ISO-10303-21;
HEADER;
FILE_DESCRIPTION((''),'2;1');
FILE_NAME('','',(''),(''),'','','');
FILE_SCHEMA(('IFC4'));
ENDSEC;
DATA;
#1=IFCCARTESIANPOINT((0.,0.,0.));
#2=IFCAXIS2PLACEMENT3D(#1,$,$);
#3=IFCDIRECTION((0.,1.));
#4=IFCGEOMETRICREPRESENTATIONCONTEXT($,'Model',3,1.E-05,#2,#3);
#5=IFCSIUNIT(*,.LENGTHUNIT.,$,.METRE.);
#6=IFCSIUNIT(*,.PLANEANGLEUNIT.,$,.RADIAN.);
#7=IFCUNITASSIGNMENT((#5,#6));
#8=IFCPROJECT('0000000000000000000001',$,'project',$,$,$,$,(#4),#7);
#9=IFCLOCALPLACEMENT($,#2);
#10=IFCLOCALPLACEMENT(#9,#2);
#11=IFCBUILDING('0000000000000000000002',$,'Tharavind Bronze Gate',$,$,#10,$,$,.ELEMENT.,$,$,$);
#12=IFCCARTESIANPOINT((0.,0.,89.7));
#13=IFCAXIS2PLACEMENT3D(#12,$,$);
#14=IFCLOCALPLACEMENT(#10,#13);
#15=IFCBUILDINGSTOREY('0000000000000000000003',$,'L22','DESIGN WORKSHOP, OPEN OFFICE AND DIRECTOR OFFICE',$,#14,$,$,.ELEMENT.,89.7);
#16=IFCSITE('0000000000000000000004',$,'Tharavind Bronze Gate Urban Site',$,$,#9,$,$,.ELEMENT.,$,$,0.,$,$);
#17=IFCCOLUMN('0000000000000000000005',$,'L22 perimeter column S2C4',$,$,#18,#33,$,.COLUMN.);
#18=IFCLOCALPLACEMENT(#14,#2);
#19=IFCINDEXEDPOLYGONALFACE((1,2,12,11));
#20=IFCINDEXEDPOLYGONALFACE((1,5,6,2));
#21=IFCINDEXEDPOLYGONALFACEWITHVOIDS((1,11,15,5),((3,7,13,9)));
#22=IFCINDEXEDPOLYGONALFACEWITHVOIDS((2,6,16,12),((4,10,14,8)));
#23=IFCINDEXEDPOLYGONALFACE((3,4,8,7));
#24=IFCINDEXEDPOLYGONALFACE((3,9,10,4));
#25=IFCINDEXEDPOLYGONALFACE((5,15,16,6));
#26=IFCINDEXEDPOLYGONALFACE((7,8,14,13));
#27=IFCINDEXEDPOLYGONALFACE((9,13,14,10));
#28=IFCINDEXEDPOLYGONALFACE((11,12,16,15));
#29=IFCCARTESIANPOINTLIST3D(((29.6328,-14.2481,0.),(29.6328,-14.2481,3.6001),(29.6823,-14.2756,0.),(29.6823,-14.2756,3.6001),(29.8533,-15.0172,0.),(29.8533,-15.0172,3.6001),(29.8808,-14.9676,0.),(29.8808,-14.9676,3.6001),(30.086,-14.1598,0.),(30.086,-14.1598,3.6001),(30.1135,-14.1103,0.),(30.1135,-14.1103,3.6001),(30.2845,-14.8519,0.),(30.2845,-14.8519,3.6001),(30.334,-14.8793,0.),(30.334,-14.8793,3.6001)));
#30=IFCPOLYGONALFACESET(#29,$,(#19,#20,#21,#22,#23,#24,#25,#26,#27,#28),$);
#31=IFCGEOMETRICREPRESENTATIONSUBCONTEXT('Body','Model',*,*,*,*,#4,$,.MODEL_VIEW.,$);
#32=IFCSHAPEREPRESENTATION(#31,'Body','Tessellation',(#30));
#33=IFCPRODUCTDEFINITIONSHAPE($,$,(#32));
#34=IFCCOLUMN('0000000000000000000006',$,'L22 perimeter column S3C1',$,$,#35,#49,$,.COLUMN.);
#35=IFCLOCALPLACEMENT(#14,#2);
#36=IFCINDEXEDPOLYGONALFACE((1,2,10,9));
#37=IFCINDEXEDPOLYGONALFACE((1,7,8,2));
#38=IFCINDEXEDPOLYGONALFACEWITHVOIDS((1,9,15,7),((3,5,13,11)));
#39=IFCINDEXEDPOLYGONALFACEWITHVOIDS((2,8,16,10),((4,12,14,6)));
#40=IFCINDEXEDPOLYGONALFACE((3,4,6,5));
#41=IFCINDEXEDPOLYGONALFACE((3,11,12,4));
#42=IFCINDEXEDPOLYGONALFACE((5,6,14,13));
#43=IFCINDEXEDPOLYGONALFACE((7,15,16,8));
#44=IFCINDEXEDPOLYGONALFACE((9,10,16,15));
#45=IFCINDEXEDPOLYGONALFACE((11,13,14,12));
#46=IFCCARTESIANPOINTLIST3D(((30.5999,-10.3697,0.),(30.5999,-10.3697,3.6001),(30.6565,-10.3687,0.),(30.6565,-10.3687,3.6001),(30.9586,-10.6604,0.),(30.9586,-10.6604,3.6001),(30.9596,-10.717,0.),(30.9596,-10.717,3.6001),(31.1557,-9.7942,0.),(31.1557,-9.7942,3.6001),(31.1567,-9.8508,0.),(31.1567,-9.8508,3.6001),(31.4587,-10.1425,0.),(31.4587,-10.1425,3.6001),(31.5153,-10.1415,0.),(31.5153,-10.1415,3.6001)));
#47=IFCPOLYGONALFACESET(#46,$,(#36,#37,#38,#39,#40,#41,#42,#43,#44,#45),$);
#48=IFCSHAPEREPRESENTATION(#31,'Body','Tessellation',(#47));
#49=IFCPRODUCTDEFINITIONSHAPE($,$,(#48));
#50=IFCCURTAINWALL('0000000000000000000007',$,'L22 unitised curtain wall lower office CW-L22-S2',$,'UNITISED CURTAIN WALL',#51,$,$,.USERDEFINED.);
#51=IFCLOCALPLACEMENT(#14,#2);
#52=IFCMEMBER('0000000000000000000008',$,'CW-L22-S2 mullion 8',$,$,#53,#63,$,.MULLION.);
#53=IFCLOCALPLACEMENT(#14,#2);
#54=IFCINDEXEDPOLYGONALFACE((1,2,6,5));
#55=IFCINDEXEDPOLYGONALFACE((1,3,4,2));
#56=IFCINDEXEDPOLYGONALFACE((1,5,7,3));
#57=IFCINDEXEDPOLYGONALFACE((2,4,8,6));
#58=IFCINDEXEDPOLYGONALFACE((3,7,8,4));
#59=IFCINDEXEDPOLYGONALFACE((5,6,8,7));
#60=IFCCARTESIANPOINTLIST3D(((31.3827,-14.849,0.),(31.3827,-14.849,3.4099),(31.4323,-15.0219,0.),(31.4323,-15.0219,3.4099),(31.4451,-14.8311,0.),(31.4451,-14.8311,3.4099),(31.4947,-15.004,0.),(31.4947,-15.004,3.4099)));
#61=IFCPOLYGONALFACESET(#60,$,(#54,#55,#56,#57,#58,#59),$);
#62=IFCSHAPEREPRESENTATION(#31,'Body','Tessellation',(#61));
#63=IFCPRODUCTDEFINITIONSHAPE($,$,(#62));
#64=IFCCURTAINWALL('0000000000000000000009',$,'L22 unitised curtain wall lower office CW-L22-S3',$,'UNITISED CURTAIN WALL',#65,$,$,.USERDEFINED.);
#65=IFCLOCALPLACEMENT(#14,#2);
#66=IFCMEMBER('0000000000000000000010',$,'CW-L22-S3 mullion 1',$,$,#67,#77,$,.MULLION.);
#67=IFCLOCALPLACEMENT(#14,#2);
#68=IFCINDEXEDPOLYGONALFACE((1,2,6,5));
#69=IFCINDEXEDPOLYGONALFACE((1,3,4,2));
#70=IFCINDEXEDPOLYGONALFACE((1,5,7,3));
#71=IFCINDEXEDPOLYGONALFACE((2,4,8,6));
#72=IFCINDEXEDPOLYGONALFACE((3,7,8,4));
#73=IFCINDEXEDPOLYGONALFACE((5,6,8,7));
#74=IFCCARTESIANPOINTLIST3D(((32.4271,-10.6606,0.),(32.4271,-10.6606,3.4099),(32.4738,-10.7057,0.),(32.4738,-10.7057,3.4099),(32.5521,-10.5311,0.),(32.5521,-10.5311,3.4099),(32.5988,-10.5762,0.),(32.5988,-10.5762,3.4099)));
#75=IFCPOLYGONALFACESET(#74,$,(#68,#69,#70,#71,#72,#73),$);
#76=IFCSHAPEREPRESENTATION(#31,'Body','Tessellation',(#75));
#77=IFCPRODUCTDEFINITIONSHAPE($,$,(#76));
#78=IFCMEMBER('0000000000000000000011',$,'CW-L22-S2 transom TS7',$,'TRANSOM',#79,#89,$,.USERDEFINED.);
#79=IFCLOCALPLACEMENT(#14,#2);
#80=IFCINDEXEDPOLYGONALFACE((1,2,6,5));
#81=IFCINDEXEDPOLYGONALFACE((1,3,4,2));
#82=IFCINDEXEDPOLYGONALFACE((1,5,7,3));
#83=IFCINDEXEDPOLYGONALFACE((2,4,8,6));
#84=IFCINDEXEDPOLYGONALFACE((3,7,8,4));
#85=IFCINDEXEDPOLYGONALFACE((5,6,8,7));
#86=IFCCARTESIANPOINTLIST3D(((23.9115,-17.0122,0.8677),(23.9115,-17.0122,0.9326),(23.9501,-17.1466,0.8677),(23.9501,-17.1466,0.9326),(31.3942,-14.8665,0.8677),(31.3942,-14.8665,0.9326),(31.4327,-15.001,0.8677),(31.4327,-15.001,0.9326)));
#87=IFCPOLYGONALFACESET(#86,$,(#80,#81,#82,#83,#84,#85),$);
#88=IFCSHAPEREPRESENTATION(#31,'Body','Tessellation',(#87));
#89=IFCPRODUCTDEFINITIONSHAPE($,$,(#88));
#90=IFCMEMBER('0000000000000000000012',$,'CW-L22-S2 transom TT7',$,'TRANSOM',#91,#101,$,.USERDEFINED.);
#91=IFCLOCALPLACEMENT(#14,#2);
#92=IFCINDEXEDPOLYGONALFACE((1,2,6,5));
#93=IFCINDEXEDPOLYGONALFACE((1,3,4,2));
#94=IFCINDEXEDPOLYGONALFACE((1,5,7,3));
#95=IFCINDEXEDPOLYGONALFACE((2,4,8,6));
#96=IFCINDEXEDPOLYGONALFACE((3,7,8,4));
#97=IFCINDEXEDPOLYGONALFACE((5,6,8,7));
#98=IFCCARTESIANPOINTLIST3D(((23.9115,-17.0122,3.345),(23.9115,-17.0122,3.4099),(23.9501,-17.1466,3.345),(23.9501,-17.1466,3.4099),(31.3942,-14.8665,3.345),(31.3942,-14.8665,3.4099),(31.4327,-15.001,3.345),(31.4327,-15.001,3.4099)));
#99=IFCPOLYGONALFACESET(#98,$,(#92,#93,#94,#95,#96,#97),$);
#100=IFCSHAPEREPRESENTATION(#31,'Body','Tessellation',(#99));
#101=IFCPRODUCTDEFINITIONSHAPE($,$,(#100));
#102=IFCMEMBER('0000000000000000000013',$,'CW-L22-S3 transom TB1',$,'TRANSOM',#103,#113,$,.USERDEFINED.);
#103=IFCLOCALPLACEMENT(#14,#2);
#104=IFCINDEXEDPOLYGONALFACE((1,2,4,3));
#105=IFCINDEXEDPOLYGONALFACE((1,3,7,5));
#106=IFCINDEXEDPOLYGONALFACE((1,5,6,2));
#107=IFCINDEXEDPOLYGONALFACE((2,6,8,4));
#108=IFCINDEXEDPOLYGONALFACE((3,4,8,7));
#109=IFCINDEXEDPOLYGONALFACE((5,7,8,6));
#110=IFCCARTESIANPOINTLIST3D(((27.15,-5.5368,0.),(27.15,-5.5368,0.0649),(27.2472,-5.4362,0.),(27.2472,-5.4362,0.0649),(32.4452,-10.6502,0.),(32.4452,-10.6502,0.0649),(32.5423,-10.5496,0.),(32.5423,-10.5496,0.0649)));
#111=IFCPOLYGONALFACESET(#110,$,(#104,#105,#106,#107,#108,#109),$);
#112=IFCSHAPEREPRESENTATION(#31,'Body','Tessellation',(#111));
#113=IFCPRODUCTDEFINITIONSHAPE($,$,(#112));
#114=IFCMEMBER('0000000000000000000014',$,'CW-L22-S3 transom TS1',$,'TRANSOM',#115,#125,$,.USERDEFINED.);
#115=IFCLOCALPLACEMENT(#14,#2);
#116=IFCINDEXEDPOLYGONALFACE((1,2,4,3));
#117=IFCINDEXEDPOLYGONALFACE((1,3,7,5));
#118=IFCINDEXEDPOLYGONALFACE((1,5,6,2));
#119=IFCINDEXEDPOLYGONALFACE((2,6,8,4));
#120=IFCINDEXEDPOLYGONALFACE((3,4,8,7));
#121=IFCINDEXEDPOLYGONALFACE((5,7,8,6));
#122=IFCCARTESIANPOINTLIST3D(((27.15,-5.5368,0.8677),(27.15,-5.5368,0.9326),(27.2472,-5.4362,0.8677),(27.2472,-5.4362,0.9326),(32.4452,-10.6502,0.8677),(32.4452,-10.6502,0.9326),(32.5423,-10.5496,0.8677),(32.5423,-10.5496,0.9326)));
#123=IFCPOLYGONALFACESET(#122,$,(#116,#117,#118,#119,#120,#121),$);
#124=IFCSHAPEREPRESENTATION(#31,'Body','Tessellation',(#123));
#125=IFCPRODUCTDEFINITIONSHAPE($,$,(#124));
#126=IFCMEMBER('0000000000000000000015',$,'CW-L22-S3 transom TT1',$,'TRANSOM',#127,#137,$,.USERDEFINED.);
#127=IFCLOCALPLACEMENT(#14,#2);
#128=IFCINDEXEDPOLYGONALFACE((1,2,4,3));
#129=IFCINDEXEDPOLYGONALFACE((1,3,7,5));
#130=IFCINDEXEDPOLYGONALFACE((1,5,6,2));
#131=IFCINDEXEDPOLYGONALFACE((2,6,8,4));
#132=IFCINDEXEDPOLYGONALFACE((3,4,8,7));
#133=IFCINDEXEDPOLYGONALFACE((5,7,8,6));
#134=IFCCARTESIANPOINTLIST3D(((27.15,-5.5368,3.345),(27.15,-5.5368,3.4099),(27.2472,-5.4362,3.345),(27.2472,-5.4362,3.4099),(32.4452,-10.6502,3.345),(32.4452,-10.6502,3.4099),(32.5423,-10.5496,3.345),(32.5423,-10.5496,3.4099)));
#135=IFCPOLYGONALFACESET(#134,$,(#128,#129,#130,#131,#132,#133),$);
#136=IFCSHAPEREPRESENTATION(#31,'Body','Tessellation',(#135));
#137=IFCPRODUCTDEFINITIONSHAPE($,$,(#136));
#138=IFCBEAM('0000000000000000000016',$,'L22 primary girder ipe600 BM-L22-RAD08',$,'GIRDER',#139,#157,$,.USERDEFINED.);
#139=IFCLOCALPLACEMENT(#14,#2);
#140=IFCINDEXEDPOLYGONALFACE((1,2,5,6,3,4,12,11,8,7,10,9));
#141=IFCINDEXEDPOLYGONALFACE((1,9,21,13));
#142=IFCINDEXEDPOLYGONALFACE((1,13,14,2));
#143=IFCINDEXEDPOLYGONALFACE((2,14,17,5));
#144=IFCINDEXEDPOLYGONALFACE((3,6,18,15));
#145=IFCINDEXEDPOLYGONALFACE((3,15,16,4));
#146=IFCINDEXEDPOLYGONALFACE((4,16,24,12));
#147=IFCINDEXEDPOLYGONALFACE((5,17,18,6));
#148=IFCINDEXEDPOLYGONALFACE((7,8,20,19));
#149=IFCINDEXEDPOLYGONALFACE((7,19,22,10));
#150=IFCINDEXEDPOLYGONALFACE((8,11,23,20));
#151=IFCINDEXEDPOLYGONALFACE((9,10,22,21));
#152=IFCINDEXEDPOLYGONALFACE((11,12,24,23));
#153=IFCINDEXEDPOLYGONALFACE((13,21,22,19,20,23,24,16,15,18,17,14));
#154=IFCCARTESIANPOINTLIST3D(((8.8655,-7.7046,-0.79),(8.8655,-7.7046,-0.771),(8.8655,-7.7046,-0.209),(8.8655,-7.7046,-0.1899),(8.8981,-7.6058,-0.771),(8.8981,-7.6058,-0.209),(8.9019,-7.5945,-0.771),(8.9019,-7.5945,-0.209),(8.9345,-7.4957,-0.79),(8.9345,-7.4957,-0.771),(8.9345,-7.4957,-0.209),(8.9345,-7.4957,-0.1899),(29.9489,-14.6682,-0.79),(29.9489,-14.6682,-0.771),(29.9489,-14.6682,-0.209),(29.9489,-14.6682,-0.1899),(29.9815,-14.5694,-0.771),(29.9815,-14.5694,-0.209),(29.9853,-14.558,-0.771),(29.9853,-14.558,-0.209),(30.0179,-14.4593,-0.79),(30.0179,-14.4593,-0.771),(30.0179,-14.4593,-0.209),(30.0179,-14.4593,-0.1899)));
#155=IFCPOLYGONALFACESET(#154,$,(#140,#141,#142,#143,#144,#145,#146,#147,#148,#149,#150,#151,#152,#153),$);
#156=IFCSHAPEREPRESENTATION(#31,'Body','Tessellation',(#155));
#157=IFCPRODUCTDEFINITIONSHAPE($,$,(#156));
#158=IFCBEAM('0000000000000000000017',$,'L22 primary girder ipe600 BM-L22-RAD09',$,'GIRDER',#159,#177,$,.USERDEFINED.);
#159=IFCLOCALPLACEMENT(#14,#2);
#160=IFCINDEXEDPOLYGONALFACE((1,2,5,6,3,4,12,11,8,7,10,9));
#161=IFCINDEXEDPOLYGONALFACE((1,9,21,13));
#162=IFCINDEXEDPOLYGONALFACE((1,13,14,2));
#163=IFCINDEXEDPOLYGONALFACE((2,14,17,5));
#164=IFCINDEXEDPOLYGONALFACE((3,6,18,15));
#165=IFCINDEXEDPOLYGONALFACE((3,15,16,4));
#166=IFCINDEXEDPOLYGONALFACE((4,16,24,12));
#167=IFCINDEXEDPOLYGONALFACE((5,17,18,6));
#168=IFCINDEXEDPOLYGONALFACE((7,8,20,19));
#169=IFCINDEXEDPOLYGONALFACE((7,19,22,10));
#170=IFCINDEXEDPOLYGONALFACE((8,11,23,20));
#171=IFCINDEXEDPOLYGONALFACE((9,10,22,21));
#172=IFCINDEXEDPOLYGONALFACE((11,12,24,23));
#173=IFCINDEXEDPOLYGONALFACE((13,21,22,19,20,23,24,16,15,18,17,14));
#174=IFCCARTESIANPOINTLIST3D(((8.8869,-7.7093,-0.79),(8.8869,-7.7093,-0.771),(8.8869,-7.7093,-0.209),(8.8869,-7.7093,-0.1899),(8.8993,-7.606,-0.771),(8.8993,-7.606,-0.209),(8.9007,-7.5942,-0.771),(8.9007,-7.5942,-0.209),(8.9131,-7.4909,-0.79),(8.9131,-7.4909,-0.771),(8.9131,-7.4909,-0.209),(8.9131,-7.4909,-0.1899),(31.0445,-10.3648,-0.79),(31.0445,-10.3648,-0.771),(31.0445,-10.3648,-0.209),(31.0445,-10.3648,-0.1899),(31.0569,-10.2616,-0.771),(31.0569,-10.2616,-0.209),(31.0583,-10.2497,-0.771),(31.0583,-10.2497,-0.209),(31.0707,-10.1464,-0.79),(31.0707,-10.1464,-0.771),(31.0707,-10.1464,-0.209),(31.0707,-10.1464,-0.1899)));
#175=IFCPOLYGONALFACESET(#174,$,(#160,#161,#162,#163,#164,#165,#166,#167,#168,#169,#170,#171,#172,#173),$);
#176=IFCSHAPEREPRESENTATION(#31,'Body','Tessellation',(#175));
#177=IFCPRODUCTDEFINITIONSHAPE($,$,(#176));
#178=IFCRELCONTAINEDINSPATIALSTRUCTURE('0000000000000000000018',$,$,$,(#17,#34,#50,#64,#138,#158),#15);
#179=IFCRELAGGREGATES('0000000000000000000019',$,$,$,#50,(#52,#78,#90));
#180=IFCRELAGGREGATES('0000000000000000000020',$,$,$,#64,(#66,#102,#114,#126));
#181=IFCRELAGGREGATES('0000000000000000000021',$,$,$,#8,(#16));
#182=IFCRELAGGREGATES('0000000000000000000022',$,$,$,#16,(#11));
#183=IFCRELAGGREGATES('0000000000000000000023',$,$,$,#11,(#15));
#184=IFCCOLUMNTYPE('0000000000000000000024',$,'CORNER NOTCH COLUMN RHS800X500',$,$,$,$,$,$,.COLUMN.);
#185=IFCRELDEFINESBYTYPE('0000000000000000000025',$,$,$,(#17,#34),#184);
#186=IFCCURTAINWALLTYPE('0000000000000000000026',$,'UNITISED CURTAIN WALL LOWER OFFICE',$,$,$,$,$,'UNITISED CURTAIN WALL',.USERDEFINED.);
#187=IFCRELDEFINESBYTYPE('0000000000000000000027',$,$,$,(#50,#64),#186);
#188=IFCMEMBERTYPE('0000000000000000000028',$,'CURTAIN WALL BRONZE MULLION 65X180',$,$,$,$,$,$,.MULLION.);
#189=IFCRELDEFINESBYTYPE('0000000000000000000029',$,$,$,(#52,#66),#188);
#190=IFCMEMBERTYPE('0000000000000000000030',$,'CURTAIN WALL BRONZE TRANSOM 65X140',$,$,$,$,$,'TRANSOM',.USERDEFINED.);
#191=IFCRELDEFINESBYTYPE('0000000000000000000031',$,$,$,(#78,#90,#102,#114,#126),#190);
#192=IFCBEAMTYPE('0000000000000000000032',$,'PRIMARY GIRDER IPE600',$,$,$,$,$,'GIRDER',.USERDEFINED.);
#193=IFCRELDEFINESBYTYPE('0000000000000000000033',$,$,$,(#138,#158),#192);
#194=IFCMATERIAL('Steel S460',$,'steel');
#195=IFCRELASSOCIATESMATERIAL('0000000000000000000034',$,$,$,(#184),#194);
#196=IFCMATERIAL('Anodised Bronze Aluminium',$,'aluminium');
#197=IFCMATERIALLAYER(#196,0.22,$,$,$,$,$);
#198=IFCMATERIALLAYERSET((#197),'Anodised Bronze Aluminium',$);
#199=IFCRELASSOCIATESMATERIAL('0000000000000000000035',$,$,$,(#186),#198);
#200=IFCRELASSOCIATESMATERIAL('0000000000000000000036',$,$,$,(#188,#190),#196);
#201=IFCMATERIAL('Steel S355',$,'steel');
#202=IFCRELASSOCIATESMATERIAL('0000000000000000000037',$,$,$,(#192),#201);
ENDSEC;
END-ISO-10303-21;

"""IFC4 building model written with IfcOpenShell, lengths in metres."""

from ifc_helpers import new_model, si_unit, direction, frame, origin, origin_2d, place, context, subcontext, project, spatial, rectangle, hollow_rectangle, i_section, extrude, material, layer, layer_set, material_profile, profile_set, type_object, element, aggregate, save


model = new_model("IFC4")

# Units and contexts
model_context = context("Model", 3, precision=1e-05, world=origin(), true_north=direction((0.0, 1.0)))
body_context = subcontext(model_context, "Body", "Model", "MODEL_VIEW")
ifc_project = project(units=[si_unit("LENGTHUNIT", "METRE"), si_unit("PLANEANGLEUNIT", "RADIAN")], contexts=[model_context])

# Site, building, storey
site_placement = place(None, origin())
site = spatial("IfcSite", under=ifc_project, at=site_placement, Name="Tharavind Bronze Gate Urban Site", CompositionType="ELEMENT", RefElevation=0.0)
building_placement = place(site_placement, origin())
building = spatial("IfcBuilding", under=site, at=building_placement, Name="Tharavind Bronze Gate", CompositionType="ELEMENT")
storey_placement = place(building_placement, frame((0.0, 0.0, 89.7)))
storey = spatial("IfcBuildingStorey", under=building, at=storey_placement, Name="L22", Description="DESIGN WORKSHOP, OPEN OFFICE AND DIRECTOR OFFICE", CompositionType="ELEMENT", Elevation=89.7)

# Columns
ifc_material_1 = material(Name="Steel S460", Category="steel")
ifc_material_profile_1 = material_profile(ifc_material_1, hollow_rectangle(XDim=0.5, YDim=0.8, WallThickness=0.04, at=origin_2d()), Name="RHS800X500X40")
ifc_profile_set_1 = profile_set([ifc_material_profile_1], Name="Steel S460")
column_type = type_object("IfcColumnType", Name="CORNER NOTCH COLUMN RHS800X500", PredefinedType="COLUMN", material=ifc_profile_set_1)
for number, where, z_axis, x_axis, name in (
    (1, (29.9834, -14.5637, 0.0), (0.0, 0.0, 1.0), (0.961262, 0.275637, 0.0), "L22 perimeter column S2C4"),
    (2, (31.0576, -10.2556, 0.0), (0.0, 0.0, 1.0), (-0.71934, 0.694658, 0.0), "L22 perimeter column S3C1"),
):
    element("IfcColumn", number, at=place(storey_placement, frame(where, z_axis=z_axis, x_axis=x_axis)), inside=storey, type_object=column_type, Name=name, PredefinedType="COLUMN", context=body_context, shape_type="SweptSolid", body=[
        extrude(hollow_rectangle(XDim=0.5, YDim=0.8, WallThickness=0.04, at=origin_2d()), origin(), (0.0, 0.0, 1.0), 3.6001),
    ])

# Curtain walls, members
ifc_material_2 = material(Name="Anodised Bronze Aluminium", Category="aluminium")
ifc_layer_1 = layer(ifc_material_2, 0.22)
ifc_layer_set_1 = layer_set([ifc_layer_1], Name="Anodised Bronze Aluminium")
curtain_wall_type = type_object("IfcCurtainWallType", Name="UNITISED CURTAIN WALL LOWER OFFICE", ElementType="UNITISED CURTAIN WALL", PredefinedType="USERDEFINED", material=ifc_layer_set_1)
curtain_wall_1_placement = place(storey_placement, origin())
curtain_wall_1 = element("IfcCurtainWall", 3, at=curtain_wall_1_placement, inside=storey, type_object=curtain_wall_type, Name="L22 unitised curtain wall lower office CW-L22-S2", ObjectType="UNITISED CURTAIN WALL", PredefinedType="USERDEFINED")
member_type_1 = type_object("IfcMemberType", Name="CURTAIN WALL BRONZE MULLION 65X180", PredefinedType="MULLION", material=ifc_material_2)
member_1_placement = place(storey_placement, frame((31.4387, -14.9265, 0.0), z_axis=(0.0, 0.0, 1.0), x_axis=(0.961262, 0.275637, 0.0)))
member_1 = element("IfcMember", 4, at=member_1_placement, type_object=member_type_1, Name="CW-L22-S2 mullion 8", PredefinedType="MULLION", context=body_context, shape_type="SweptSolid", body=[
    extrude(rectangle(XDim=0.0649, YDim=0.1799, at=origin_2d()), origin(), (0.0, 0.0, 1.0), 3.4099),
])
curtain_wall_2_placement = place(storey_placement, origin())
curtain_wall_2 = element("IfcCurtainWall", 5, at=curtain_wall_2_placement, inside=storey, type_object=curtain_wall_type, Name="L22 unitised curtain wall lower office CW-L22-S3", ObjectType="UNITISED CURTAIN WALL", PredefinedType="USERDEFINED")
member_2_placement = place(storey_placement, frame((32.5129, -10.6184, 0.0), z_axis=(0.0, 0.0, 1.0), x_axis=(-0.719341, 0.694657, 0.0)))
member_2 = element("IfcMember", 6, at=member_2_placement, type_object=member_type_1, Name="CW-L22-S3 mullion 1", PredefinedType="MULLION", context=body_context, shape_type="SweptSolid", body=[
    extrude(rectangle(XDim=0.0649, YDim=0.1799, at=origin_2d()), origin(), (0.0, 0.0, 1.0), 3.4099),
])

# Members
member_type_2 = type_object("IfcMemberType", Name="CURTAIN WALL BRONZE TRANSOM 65X140", ElementType="TRANSOM", PredefinedType="USERDEFINED", material=ifc_material_2)
member_3_placement = place(storey_placement, frame((27.6721, -16.0066, 0.8677), z_axis=(0.0, 0.0, 1.0), x_axis=(0.961262, 0.275637, 0.0)))
member_3 = element("IfcMember", 7, at=member_3_placement, type_object=member_type_2, Name="CW-L22-S2 transom TS7", ObjectType="TRANSOM", PredefinedType="USERDEFINED", context=body_context, shape_type="SweptSolid", body=[
    extrude(rectangle(XDim=7.7842, YDim=0.1399, at=origin_2d()), origin(), (0.0, 0.0, 1.0), 0.0649),
])
member_4_placement = place(storey_placement, frame((27.6721, -16.0066, 3.345), z_axis=(0.0, 0.0, 1.0), x_axis=(0.961262, 0.275637, 0.0)))
member_4 = element("IfcMember", 8, at=member_4_placement, type_object=member_type_2, Name="CW-L22-S2 transom TT7", ObjectType="TRANSOM", PredefinedType="USERDEFINED", context=body_context, shape_type="SweptSolid", body=[
    extrude(rectangle(XDim=7.7842, YDim=0.1399, at=origin_2d()), origin(), (0.0, 0.0, 1.0), 0.0649),
])
member_5_placement = place(storey_placement, frame((29.8462, -8.0432, 0.0), z_axis=(0.0, 0.0, 1.0), x_axis=(-0.719341, 0.694657, 0.0)))
member_5 = element("IfcMember", 9, at=member_5_placement, type_object=member_type_2, Name="CW-L22-S3 transom TB1", ObjectType="TRANSOM", PredefinedType="USERDEFINED", context=body_context, shape_type="SweptSolid", body=[
    extrude(rectangle(XDim=7.3611, YDim=0.1399, at=origin_2d()), origin(), (0.0, 0.0, 1.0), 0.0649),
])
member_6_placement = place(storey_placement, frame((29.8462, -8.0432, 0.8677), z_axis=(0.0, 0.0, 1.0), x_axis=(-0.719341, 0.694657, 0.0)))
member_6 = element("IfcMember", 10, at=member_6_placement, type_object=member_type_2, Name="CW-L22-S3 transom TS1", ObjectType="TRANSOM", PredefinedType="USERDEFINED", context=body_context, shape_type="SweptSolid", body=[
    extrude(rectangle(XDim=7.3611, YDim=0.1399, at=origin_2d()), origin(), (0.0, 0.0, 1.0), 0.0649),
])
member_7_placement = place(storey_placement, frame((29.8462, -8.0432, 3.345), z_axis=(0.0, 0.0, 1.0), x_axis=(-0.719341, 0.694657, 0.0)))
member_7 = element("IfcMember", 11, at=member_7_placement, type_object=member_type_2, Name="CW-L22-S3 transom TT1", ObjectType="TRANSOM", PredefinedType="USERDEFINED", context=body_context, shape_type="SweptSolid", body=[
    extrude(rectangle(XDim=7.3611, YDim=0.1399, at=origin_2d()), origin(), (0.0, 0.0, 1.0), 0.0649),
])

# Beams
ifc_material_3 = material(Name="Steel S355", Category="steel")
ifc_material_profile_2 = material_profile(ifc_material_3, i_section(OverallWidth=0.22, OverallDepth=0.6001, WebThickness=0.012, FlangeThickness=0.019, at=origin_2d()), Name="IPE600")
ifc_profile_set_2 = profile_set([ifc_material_profile_2], Name="Steel S355")
beam_type_1 = type_object("IfcBeamType", Name="PRIMARY GIRDER IPE600", ElementType="GIRDER", PredefinedType="USERDEFINED", material=ifc_profile_set_2)
beam_1_placement = place(storey_placement, frame((29.9834, -14.5637, -0.49), z_axis=(-0.949547, 0.313624, 0.0), x_axis=(-0.313624, -0.949547, 0.0)))
element("IfcBeam", 12, at=beam_1_placement, inside=storey, type_object=beam_type_1, Name="L22 primary girder ipe600 BM-L22-RAD08", ObjectType="GIRDER", PredefinedType="USERDEFINED", context=body_context, shape_type="SweptSolid", body=[
    extrude(i_section(OverallWidth=0.22, OverallDepth=0.6001, WebThickness=0.012, FlangeThickness=0.019, at=origin_2d()), origin(), (0.0, 0.0, 1.0), 22.2036),
])
beam_2_placement = place(storey_placement, frame((31.0576, -10.2556, -0.49), z_axis=(-0.992895, 0.118995, 0.0), x_axis=(-0.118995, -0.992895, 0.0)))
element("IfcBeam", 13, at=beam_2_placement, inside=storey, type_object=beam_type_1, Name="L22 primary girder ipe600 BM-L22-RAD09", ObjectType="GIRDER", PredefinedType="USERDEFINED", context=body_context, shape_type="SweptSolid", body=[
    extrude(i_section(OverallWidth=0.22, OverallDepth=0.6001, WebThickness=0.012, FlangeThickness=0.019, at=origin_2d()), origin(), (0.0, 0.0, 1.0), 22.3162),
])

aggregate(curtain_wall_1, [member_1, member_3, member_4])
aggregate(curtain_wall_2, [member_2, member_5, member_6, member_7])

save(model, "model.ifc")
